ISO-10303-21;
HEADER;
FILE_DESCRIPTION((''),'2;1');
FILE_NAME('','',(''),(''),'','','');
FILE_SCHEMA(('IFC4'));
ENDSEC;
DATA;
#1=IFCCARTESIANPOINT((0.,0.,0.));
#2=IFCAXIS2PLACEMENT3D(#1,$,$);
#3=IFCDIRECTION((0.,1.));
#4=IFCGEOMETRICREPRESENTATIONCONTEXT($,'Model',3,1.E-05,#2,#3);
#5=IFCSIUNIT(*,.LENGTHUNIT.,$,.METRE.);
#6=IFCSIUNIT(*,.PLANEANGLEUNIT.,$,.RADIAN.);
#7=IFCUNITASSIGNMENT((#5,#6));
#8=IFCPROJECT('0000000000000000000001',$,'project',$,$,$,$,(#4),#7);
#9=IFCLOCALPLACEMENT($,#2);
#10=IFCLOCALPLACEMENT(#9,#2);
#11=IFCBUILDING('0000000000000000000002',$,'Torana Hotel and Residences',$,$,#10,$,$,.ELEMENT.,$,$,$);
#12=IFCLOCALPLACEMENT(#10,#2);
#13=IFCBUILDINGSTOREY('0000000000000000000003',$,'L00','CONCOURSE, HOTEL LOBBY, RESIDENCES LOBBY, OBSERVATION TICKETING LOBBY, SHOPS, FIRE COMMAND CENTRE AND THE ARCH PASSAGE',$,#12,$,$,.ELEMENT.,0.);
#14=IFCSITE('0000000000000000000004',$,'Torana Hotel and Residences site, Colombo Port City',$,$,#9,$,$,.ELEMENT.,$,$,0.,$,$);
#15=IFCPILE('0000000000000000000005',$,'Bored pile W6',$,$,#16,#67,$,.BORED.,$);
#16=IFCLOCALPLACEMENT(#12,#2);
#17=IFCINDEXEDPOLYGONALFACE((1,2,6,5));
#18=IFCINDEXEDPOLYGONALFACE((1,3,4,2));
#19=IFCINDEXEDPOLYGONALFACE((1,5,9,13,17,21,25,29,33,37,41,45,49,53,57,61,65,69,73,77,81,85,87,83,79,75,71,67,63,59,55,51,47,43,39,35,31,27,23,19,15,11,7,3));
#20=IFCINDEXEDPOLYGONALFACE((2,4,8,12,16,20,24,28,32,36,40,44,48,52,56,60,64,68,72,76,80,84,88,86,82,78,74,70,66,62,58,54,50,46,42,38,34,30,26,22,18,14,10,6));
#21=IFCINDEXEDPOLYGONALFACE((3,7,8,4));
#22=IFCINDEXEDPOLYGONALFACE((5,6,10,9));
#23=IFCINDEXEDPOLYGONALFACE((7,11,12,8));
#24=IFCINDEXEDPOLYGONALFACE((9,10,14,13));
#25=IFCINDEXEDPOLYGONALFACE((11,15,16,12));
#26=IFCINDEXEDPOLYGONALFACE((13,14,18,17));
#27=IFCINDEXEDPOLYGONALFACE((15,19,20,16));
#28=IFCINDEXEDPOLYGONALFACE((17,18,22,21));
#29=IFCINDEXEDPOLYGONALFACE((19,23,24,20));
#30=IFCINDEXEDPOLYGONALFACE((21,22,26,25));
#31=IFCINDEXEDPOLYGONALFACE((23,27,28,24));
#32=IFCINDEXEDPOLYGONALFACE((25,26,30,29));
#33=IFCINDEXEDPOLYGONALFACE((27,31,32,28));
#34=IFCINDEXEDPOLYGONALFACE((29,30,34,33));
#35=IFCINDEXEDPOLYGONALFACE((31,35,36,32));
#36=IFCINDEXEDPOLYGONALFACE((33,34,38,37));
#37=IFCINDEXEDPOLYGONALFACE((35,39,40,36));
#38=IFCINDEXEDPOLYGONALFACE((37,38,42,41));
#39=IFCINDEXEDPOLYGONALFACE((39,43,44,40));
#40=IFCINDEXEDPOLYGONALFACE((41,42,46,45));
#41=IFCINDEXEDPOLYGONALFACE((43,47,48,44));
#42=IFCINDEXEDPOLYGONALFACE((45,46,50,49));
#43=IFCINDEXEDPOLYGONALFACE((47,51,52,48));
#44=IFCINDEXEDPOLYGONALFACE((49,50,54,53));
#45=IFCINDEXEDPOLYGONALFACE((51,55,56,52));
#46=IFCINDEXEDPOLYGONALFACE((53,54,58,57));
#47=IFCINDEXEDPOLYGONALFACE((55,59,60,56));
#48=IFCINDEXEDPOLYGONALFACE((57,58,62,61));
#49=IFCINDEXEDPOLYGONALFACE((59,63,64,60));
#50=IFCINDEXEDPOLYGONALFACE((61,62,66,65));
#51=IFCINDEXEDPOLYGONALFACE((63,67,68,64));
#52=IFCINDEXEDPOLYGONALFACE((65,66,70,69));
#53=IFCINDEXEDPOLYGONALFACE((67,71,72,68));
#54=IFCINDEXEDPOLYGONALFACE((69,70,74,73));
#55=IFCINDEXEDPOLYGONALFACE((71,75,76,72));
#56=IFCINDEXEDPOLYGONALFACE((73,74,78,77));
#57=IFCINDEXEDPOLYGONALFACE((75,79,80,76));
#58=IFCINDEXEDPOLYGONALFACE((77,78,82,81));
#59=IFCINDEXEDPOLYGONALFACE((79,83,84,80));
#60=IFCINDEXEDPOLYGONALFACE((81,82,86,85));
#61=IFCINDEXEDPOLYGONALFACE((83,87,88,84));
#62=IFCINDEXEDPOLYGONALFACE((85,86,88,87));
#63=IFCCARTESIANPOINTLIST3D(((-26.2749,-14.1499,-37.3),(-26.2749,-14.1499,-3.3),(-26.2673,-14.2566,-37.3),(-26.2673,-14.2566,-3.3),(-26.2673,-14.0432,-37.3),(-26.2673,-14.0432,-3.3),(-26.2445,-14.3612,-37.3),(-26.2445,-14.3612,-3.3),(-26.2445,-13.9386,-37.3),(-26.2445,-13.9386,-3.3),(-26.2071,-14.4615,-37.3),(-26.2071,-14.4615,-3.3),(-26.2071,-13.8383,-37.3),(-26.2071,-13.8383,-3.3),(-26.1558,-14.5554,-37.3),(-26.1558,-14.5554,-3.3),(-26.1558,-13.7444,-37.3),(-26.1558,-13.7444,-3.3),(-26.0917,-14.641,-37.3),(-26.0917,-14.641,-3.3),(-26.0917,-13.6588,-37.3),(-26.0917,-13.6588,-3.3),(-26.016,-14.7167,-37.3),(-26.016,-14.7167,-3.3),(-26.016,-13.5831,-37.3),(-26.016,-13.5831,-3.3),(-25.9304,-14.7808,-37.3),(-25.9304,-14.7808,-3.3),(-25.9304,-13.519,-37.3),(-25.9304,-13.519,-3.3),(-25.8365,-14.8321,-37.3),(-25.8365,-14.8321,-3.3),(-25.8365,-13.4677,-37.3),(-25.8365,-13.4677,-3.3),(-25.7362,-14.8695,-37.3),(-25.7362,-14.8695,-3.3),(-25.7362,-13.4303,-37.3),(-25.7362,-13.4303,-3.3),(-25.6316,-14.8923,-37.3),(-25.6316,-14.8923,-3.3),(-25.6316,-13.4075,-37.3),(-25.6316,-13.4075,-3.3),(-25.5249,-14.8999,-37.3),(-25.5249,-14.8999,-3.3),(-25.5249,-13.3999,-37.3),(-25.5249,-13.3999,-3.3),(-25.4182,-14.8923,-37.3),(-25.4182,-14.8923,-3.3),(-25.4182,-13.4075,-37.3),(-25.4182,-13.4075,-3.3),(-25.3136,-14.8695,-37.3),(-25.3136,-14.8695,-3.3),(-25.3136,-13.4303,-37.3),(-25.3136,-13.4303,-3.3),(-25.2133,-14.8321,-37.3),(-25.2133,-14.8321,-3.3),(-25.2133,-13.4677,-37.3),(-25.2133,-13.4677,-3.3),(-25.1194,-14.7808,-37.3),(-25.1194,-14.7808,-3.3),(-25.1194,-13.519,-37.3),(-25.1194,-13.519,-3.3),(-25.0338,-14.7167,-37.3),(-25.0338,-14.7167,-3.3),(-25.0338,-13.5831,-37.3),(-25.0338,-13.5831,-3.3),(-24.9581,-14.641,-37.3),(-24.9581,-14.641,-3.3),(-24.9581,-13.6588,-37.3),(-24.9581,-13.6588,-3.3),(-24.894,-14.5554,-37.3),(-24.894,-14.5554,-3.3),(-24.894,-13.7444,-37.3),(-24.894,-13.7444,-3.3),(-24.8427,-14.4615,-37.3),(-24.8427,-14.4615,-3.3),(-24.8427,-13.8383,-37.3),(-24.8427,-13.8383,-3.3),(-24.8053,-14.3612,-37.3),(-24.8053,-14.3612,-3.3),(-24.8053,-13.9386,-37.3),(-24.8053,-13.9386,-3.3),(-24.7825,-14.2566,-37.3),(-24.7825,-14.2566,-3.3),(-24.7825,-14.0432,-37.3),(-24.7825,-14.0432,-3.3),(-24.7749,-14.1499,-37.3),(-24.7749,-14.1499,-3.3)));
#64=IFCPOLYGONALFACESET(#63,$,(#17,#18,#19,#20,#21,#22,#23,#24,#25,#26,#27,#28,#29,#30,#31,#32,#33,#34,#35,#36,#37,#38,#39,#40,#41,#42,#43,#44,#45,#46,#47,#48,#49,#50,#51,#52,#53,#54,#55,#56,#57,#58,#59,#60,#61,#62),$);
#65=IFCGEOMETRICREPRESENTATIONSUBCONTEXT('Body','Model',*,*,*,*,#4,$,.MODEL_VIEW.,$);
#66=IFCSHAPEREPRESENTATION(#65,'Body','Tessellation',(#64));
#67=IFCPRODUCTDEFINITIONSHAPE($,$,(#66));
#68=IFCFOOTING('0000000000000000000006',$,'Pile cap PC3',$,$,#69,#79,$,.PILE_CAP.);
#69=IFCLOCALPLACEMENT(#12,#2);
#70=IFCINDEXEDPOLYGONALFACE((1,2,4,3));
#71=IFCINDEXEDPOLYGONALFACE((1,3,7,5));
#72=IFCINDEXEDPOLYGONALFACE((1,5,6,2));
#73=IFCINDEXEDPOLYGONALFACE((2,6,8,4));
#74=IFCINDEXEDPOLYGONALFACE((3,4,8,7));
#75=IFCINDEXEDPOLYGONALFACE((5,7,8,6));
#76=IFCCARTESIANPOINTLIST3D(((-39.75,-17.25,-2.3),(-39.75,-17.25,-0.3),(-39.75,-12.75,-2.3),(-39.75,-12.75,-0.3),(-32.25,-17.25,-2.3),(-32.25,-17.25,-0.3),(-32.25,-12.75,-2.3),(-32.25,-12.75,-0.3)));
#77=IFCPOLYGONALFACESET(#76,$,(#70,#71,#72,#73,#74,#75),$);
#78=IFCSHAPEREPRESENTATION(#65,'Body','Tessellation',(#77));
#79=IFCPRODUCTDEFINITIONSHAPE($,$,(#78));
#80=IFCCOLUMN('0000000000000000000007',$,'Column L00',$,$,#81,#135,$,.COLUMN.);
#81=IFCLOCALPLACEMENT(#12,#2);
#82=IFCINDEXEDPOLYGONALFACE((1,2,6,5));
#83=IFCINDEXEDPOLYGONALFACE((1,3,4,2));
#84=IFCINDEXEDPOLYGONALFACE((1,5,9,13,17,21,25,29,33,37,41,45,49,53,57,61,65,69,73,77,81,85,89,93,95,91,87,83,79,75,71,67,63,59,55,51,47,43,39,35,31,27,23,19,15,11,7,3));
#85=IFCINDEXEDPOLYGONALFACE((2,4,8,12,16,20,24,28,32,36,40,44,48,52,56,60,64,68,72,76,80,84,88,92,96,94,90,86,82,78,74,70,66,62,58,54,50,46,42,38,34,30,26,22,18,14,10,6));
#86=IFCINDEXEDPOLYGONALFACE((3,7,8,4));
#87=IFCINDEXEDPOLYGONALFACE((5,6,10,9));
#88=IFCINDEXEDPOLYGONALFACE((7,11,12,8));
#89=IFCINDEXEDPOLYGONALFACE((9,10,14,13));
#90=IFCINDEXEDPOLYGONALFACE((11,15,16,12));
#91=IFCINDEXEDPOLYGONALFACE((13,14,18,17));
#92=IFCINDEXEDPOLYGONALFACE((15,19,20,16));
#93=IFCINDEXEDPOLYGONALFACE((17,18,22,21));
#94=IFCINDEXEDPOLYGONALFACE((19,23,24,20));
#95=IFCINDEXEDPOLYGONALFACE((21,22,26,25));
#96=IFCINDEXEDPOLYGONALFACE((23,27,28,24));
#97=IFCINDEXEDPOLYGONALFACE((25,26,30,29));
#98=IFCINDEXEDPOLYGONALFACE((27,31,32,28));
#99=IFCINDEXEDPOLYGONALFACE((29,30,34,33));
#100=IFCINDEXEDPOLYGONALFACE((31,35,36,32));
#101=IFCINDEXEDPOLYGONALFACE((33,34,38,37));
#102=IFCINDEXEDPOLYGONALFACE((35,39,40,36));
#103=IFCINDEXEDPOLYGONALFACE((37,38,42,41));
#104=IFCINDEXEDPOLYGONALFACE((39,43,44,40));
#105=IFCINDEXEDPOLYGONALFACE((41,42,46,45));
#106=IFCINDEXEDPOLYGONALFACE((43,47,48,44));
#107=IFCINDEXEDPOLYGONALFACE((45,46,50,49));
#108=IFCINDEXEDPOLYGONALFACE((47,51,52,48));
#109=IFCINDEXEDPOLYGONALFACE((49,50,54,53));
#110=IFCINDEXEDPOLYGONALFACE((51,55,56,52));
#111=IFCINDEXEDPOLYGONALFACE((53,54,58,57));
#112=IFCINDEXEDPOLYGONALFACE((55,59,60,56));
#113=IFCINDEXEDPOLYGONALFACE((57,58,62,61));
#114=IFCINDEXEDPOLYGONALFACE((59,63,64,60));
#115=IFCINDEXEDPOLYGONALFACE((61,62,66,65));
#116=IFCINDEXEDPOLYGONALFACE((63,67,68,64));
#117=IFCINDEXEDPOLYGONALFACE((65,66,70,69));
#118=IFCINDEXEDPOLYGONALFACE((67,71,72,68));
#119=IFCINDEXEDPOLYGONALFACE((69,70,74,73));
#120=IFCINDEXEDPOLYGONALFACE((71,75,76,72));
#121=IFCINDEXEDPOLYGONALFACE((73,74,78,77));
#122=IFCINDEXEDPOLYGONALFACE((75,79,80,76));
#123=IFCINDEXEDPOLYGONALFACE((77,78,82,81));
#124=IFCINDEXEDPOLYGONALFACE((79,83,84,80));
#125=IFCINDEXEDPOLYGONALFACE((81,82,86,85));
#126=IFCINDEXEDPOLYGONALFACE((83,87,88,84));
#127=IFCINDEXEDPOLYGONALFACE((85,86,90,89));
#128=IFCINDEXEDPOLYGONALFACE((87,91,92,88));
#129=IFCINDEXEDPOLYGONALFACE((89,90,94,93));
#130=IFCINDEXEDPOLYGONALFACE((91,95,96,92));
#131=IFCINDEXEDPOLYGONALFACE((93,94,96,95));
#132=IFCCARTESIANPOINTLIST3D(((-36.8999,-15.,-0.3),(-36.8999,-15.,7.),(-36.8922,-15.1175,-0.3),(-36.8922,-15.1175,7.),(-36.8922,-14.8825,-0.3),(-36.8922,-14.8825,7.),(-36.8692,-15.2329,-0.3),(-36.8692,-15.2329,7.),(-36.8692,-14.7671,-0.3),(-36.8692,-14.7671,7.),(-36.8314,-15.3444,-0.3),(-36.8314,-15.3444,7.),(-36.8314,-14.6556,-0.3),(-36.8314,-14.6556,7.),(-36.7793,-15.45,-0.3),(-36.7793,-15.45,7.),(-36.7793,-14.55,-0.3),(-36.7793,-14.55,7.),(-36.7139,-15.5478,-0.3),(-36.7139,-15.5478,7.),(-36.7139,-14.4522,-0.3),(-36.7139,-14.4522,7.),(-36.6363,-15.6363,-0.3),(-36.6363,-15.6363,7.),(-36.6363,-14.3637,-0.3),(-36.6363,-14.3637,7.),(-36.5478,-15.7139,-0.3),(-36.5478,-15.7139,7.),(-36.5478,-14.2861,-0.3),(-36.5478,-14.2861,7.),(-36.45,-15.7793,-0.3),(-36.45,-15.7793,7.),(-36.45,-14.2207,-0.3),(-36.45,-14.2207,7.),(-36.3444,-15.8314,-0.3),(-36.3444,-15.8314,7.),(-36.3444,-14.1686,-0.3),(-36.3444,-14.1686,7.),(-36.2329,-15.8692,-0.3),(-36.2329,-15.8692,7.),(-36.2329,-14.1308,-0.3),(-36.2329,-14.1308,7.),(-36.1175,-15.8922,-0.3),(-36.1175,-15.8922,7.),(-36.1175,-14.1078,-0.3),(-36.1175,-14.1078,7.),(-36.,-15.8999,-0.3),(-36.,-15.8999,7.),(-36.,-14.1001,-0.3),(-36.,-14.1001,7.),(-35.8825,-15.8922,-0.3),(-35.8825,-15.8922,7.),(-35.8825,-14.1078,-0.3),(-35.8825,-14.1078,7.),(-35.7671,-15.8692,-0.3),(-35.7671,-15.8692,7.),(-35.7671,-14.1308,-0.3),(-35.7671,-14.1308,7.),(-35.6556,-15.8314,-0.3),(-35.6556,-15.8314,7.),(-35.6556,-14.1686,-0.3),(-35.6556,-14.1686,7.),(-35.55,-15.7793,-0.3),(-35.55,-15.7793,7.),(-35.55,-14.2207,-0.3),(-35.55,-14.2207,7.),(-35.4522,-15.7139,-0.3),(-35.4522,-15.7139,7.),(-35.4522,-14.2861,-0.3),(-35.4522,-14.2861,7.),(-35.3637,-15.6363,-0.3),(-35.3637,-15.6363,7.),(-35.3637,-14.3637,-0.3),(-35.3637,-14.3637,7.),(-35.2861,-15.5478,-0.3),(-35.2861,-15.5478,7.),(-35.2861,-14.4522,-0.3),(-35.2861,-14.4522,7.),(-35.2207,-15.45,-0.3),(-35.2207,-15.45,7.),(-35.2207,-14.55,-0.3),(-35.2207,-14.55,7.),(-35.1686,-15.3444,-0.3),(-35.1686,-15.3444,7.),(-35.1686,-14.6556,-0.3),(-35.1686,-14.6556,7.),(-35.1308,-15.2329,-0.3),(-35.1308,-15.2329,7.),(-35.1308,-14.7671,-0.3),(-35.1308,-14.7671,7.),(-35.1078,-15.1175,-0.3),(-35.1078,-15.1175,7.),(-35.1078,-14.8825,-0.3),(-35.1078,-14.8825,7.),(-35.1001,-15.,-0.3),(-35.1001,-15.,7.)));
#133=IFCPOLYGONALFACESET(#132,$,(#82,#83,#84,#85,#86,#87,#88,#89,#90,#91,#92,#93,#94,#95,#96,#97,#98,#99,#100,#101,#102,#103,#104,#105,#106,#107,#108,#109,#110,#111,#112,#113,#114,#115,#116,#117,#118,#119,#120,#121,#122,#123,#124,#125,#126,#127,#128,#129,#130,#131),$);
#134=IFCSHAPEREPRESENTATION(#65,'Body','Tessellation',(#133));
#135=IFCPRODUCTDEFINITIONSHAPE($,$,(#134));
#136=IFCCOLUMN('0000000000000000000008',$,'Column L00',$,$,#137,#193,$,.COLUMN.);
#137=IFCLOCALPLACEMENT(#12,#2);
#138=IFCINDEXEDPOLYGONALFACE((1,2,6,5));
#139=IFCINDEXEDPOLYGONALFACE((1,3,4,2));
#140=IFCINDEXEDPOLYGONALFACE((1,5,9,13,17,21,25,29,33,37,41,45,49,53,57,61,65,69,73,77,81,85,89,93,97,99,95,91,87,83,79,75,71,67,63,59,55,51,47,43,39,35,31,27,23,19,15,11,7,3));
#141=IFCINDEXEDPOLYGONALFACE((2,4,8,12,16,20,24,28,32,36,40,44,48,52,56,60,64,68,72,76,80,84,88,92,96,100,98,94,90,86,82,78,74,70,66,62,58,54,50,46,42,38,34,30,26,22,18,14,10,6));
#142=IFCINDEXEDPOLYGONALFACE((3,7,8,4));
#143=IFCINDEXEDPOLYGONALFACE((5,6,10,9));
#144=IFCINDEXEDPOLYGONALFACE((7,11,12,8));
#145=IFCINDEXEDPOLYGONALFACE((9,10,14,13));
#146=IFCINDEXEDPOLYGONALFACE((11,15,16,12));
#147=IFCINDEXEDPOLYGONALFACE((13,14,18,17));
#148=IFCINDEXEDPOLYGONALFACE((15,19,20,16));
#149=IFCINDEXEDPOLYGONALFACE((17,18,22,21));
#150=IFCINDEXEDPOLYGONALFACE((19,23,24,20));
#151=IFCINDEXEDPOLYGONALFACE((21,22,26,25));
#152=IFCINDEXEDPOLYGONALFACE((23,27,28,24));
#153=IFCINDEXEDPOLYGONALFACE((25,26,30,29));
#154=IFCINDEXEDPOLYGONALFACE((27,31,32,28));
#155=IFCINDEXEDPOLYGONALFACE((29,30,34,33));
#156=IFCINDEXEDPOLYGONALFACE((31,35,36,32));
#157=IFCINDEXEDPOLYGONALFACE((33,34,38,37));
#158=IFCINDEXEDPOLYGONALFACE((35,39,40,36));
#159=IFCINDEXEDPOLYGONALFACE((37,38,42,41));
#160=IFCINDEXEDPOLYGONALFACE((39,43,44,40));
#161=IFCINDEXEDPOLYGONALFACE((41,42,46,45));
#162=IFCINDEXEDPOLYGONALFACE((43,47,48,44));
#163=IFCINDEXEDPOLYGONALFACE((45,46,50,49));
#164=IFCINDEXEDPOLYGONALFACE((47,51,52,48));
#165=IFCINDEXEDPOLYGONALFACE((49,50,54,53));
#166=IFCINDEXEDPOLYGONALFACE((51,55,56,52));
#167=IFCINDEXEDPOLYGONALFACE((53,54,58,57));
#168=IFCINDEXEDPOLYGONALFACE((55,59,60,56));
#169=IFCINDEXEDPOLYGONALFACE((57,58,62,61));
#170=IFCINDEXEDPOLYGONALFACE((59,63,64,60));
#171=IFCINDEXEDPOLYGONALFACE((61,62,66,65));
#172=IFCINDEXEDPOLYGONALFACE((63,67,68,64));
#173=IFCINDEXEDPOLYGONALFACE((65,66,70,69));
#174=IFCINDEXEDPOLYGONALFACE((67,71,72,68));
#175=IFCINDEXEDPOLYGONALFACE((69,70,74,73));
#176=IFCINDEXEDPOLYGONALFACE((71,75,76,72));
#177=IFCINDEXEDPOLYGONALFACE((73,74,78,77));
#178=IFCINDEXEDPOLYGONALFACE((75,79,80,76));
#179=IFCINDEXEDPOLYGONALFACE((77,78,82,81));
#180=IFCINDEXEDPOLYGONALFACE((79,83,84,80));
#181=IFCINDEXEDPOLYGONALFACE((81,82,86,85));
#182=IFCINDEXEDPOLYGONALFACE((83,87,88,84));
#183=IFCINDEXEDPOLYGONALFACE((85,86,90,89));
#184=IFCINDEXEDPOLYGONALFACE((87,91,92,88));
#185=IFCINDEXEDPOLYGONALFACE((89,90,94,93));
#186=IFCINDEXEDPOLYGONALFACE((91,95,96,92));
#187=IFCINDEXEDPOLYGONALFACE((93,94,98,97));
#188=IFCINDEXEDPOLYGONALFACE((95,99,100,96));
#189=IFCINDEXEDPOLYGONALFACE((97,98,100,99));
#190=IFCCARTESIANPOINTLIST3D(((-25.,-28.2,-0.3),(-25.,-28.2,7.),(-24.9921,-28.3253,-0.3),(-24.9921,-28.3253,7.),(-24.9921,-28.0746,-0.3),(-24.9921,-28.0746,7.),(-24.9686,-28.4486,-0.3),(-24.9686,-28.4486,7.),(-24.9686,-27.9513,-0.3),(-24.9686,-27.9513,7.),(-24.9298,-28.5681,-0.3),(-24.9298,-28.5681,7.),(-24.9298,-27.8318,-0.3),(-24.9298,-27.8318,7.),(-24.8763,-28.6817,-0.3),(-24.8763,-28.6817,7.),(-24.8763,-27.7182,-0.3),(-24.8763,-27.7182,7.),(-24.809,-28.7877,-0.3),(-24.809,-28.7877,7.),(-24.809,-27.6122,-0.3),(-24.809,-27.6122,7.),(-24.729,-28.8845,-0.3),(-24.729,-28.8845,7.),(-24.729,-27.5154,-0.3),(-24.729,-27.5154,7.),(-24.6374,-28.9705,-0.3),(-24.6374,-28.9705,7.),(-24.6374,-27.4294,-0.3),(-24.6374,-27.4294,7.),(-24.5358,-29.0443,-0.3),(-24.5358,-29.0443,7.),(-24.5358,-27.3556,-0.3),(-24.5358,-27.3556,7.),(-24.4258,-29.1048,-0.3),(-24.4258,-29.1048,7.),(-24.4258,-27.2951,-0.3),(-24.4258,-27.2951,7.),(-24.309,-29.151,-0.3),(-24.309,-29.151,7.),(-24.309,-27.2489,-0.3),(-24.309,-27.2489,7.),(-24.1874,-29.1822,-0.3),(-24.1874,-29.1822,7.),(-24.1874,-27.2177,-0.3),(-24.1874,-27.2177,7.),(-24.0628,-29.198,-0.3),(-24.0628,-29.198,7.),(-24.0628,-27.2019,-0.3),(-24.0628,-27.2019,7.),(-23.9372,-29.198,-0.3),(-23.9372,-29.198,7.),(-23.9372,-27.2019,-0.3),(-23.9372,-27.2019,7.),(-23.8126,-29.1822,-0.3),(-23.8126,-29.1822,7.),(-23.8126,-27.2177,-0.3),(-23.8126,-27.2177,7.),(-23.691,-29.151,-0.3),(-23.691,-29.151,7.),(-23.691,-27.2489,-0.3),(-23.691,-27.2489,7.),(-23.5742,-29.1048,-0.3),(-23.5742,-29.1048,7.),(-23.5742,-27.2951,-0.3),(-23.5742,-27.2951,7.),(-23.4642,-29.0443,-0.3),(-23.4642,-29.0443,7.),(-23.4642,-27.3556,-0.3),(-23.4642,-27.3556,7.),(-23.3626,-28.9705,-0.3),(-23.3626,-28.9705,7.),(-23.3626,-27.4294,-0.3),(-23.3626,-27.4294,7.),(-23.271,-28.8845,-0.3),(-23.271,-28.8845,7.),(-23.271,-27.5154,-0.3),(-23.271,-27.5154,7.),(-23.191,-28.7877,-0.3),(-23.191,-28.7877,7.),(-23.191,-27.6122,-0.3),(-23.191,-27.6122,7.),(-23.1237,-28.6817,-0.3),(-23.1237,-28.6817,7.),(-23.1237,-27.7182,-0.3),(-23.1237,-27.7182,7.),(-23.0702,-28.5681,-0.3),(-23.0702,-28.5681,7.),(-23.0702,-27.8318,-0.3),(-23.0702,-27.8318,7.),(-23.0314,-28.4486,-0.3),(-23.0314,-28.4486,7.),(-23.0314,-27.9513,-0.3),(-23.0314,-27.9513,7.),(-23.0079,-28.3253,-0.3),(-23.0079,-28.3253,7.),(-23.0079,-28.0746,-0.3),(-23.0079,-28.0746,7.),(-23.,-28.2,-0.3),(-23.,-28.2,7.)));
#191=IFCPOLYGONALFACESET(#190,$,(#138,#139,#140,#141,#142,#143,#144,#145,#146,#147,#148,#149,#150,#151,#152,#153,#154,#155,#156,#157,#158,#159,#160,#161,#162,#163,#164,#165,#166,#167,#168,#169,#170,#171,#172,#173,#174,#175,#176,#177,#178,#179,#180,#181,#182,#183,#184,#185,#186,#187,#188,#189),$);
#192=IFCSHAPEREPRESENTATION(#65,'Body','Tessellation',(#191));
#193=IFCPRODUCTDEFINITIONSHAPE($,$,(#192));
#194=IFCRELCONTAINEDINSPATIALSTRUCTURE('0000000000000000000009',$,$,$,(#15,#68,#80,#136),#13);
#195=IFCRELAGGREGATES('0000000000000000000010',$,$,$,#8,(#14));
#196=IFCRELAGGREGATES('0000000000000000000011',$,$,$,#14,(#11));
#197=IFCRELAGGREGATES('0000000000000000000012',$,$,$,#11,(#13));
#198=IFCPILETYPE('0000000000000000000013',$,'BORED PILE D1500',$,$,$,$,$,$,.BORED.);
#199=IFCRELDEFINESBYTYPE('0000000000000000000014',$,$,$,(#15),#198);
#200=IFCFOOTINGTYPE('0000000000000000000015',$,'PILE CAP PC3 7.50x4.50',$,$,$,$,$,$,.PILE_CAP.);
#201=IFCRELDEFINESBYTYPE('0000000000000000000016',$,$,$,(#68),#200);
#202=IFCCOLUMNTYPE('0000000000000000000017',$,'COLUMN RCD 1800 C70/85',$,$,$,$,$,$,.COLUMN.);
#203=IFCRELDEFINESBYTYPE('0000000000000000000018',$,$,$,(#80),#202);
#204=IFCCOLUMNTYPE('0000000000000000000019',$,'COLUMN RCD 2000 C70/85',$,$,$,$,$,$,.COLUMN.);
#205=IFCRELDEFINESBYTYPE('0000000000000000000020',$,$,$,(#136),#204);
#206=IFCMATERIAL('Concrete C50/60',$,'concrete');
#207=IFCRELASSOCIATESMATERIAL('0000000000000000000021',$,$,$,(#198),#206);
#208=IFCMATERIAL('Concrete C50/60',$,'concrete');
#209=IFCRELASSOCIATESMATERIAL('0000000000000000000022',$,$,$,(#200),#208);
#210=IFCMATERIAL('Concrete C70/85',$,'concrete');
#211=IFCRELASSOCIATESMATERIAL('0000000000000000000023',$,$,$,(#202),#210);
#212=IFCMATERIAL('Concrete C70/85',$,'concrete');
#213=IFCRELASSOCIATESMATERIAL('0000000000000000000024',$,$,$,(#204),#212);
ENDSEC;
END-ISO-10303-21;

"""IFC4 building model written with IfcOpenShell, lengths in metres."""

from ifc_helpers import new_model, si_unit, direction, frame, origin, origin_2d, place, context, subcontext, project, spatial, rectangle, circle, extrude, material, material_profile, profile_set, type_object, element, save


model = new_model("IFC4")

# Units and contexts
model_context = context("Model", 3, precision=1e-05, world=origin(), true_north=direction((0.0, 1.0)))
body_context = subcontext(model_context, "Body", "Model", "MODEL_VIEW")
ifc_project = project(units=[si_unit("LENGTHUNIT", "METRE"), si_unit("PLANEANGLEUNIT", "RADIAN")], contexts=[model_context])

# Site, building, storey
site_placement = place(None, origin())
site = spatial("IfcSite", under=ifc_project, at=site_placement, Name="Torana Hotel and Residences site, Colombo Port City", CompositionType="ELEMENT", RefElevation=0.0)
building_placement = place(site_placement, origin())
building = spatial("IfcBuilding", under=site, at=building_placement, Name="Torana Hotel and Residences", CompositionType="ELEMENT")
storey_placement = place(building_placement, origin())
storey = spatial("IfcBuildingStorey", under=building, at=storey_placement, Name="L00", Description="CONCOURSE, HOTEL LOBBY, RESIDENCES LOBBY, OBSERVATION TICKETING LOBBY, SHOPS, FIRE COMMAND CENTRE AND THE ARCH PASSAGE", CompositionType="ELEMENT", Elevation=0.0)

# Pile
ifc_material_1 = material(Name="Concrete C50/60", Category="concrete")
pile_type_1 = type_object("IfcPileType", Name="BORED PILE D1500", PredefinedType="BORED", material=ifc_material_1)
for number, where, z_axis, x_axis, name in (
    (1, (-25.5249, -14.1499, -3.3), (0.0, 0.0, -1.0), (1.0, 0.0, 0.0), "Bored pile W6"),
):
    element("IfcPile", number, at=place(storey_placement, frame(where, z_axis=z_axis, x_axis=x_axis)), inside=storey, type_object=pile_type_1, Name=name, PredefinedType="BORED", context=body_context, shape_type="SweptSolid", body=[
        extrude(circle(Radius=0.75, at=origin_2d()), origin(), (0.0, 0.0, 1.0), 34.0),
    ])

# Footing
ifc_material_2 = material(Name="Concrete C50/60", Category="concrete")
footing_type = type_object("IfcFootingType", Name="PILE CAP PC3 7.50x4.50", PredefinedType="PILE_CAP", material=ifc_material_2)
footing_placement = place(storey_placement, frame((-36.0, -15.0, -2.3), z_axis=(0.0, 0.0, 1.0), x_axis=(1.0, 0.0, 0.0)))
element("IfcFooting", 2, at=footing_placement, inside=storey, type_object=footing_type, Name="Pile cap PC3", PredefinedType="PILE_CAP", context=body_context, shape_type="SweptSolid", body=[
    extrude(rectangle(XDim=7.5, YDim=4.5, at=origin_2d()), origin(), (0.0, 0.0, 1.0), 2.0),
])

# Columns
ifc_material_3 = material(Name="Concrete C70/85", Category="concrete")
ifc_material_profile_1 = material_profile(ifc_material_3, circle(Radius=0.8999, at=origin_2d()), Name="RCD 1800")
ifc_profile_set_1 = profile_set([ifc_material_profile_1], Name="Concrete C70/85")
column_type_1 = type_object("IfcColumnType", Name="COLUMN RCD 1800 C70/85", PredefinedType="COLUMN", material=ifc_profile_set_1)
column_1_placement = place(storey_placement, frame((-36.0, -15.0, -0.3), z_axis=(0.0, 0.0, 1.0), x_axis=(1.0, 0.0, 0.0)))
element("IfcColumn", 3, at=column_1_placement, inside=storey, type_object=column_type_1, Name="Column L00", PredefinedType="COLUMN", context=body_context, shape_type="SweptSolid", body=[
    extrude(circle(Radius=0.8999, at=origin_2d()), origin(), (0.0, 0.0, 1.0), 7.3),
])
ifc_material_4 = material(Name="Concrete C70/85", Category="concrete")
ifc_material_profile_2 = material_profile(ifc_material_4, circle(Radius=1.0, at=origin_2d()), Name="RCD 2000")
ifc_profile_set_2 = profile_set([ifc_material_profile_2], Name="Concrete C70/85")
column_type_2 = type_object("IfcColumnType", Name="COLUMN RCD 2000 C70/85", PredefinedType="COLUMN", material=ifc_profile_set_2)
column_2_placement = place(storey_placement, frame((-24.0, -28.2, -0.3), z_axis=(0.0, 0.0, 1.0), x_axis=(1.0, 0.0, 0.0)))
element("IfcColumn", 4, at=column_2_placement, inside=storey, type_object=column_type_2, Name="Column L00", PredefinedType="COLUMN", context=body_context, shape_type="SweptSolid", body=[
    extrude(circle(Radius=1.0, at=origin_2d()), origin(), (0.0, 0.0, 1.0), 7.3),
])

save(model, "model.ifc")
